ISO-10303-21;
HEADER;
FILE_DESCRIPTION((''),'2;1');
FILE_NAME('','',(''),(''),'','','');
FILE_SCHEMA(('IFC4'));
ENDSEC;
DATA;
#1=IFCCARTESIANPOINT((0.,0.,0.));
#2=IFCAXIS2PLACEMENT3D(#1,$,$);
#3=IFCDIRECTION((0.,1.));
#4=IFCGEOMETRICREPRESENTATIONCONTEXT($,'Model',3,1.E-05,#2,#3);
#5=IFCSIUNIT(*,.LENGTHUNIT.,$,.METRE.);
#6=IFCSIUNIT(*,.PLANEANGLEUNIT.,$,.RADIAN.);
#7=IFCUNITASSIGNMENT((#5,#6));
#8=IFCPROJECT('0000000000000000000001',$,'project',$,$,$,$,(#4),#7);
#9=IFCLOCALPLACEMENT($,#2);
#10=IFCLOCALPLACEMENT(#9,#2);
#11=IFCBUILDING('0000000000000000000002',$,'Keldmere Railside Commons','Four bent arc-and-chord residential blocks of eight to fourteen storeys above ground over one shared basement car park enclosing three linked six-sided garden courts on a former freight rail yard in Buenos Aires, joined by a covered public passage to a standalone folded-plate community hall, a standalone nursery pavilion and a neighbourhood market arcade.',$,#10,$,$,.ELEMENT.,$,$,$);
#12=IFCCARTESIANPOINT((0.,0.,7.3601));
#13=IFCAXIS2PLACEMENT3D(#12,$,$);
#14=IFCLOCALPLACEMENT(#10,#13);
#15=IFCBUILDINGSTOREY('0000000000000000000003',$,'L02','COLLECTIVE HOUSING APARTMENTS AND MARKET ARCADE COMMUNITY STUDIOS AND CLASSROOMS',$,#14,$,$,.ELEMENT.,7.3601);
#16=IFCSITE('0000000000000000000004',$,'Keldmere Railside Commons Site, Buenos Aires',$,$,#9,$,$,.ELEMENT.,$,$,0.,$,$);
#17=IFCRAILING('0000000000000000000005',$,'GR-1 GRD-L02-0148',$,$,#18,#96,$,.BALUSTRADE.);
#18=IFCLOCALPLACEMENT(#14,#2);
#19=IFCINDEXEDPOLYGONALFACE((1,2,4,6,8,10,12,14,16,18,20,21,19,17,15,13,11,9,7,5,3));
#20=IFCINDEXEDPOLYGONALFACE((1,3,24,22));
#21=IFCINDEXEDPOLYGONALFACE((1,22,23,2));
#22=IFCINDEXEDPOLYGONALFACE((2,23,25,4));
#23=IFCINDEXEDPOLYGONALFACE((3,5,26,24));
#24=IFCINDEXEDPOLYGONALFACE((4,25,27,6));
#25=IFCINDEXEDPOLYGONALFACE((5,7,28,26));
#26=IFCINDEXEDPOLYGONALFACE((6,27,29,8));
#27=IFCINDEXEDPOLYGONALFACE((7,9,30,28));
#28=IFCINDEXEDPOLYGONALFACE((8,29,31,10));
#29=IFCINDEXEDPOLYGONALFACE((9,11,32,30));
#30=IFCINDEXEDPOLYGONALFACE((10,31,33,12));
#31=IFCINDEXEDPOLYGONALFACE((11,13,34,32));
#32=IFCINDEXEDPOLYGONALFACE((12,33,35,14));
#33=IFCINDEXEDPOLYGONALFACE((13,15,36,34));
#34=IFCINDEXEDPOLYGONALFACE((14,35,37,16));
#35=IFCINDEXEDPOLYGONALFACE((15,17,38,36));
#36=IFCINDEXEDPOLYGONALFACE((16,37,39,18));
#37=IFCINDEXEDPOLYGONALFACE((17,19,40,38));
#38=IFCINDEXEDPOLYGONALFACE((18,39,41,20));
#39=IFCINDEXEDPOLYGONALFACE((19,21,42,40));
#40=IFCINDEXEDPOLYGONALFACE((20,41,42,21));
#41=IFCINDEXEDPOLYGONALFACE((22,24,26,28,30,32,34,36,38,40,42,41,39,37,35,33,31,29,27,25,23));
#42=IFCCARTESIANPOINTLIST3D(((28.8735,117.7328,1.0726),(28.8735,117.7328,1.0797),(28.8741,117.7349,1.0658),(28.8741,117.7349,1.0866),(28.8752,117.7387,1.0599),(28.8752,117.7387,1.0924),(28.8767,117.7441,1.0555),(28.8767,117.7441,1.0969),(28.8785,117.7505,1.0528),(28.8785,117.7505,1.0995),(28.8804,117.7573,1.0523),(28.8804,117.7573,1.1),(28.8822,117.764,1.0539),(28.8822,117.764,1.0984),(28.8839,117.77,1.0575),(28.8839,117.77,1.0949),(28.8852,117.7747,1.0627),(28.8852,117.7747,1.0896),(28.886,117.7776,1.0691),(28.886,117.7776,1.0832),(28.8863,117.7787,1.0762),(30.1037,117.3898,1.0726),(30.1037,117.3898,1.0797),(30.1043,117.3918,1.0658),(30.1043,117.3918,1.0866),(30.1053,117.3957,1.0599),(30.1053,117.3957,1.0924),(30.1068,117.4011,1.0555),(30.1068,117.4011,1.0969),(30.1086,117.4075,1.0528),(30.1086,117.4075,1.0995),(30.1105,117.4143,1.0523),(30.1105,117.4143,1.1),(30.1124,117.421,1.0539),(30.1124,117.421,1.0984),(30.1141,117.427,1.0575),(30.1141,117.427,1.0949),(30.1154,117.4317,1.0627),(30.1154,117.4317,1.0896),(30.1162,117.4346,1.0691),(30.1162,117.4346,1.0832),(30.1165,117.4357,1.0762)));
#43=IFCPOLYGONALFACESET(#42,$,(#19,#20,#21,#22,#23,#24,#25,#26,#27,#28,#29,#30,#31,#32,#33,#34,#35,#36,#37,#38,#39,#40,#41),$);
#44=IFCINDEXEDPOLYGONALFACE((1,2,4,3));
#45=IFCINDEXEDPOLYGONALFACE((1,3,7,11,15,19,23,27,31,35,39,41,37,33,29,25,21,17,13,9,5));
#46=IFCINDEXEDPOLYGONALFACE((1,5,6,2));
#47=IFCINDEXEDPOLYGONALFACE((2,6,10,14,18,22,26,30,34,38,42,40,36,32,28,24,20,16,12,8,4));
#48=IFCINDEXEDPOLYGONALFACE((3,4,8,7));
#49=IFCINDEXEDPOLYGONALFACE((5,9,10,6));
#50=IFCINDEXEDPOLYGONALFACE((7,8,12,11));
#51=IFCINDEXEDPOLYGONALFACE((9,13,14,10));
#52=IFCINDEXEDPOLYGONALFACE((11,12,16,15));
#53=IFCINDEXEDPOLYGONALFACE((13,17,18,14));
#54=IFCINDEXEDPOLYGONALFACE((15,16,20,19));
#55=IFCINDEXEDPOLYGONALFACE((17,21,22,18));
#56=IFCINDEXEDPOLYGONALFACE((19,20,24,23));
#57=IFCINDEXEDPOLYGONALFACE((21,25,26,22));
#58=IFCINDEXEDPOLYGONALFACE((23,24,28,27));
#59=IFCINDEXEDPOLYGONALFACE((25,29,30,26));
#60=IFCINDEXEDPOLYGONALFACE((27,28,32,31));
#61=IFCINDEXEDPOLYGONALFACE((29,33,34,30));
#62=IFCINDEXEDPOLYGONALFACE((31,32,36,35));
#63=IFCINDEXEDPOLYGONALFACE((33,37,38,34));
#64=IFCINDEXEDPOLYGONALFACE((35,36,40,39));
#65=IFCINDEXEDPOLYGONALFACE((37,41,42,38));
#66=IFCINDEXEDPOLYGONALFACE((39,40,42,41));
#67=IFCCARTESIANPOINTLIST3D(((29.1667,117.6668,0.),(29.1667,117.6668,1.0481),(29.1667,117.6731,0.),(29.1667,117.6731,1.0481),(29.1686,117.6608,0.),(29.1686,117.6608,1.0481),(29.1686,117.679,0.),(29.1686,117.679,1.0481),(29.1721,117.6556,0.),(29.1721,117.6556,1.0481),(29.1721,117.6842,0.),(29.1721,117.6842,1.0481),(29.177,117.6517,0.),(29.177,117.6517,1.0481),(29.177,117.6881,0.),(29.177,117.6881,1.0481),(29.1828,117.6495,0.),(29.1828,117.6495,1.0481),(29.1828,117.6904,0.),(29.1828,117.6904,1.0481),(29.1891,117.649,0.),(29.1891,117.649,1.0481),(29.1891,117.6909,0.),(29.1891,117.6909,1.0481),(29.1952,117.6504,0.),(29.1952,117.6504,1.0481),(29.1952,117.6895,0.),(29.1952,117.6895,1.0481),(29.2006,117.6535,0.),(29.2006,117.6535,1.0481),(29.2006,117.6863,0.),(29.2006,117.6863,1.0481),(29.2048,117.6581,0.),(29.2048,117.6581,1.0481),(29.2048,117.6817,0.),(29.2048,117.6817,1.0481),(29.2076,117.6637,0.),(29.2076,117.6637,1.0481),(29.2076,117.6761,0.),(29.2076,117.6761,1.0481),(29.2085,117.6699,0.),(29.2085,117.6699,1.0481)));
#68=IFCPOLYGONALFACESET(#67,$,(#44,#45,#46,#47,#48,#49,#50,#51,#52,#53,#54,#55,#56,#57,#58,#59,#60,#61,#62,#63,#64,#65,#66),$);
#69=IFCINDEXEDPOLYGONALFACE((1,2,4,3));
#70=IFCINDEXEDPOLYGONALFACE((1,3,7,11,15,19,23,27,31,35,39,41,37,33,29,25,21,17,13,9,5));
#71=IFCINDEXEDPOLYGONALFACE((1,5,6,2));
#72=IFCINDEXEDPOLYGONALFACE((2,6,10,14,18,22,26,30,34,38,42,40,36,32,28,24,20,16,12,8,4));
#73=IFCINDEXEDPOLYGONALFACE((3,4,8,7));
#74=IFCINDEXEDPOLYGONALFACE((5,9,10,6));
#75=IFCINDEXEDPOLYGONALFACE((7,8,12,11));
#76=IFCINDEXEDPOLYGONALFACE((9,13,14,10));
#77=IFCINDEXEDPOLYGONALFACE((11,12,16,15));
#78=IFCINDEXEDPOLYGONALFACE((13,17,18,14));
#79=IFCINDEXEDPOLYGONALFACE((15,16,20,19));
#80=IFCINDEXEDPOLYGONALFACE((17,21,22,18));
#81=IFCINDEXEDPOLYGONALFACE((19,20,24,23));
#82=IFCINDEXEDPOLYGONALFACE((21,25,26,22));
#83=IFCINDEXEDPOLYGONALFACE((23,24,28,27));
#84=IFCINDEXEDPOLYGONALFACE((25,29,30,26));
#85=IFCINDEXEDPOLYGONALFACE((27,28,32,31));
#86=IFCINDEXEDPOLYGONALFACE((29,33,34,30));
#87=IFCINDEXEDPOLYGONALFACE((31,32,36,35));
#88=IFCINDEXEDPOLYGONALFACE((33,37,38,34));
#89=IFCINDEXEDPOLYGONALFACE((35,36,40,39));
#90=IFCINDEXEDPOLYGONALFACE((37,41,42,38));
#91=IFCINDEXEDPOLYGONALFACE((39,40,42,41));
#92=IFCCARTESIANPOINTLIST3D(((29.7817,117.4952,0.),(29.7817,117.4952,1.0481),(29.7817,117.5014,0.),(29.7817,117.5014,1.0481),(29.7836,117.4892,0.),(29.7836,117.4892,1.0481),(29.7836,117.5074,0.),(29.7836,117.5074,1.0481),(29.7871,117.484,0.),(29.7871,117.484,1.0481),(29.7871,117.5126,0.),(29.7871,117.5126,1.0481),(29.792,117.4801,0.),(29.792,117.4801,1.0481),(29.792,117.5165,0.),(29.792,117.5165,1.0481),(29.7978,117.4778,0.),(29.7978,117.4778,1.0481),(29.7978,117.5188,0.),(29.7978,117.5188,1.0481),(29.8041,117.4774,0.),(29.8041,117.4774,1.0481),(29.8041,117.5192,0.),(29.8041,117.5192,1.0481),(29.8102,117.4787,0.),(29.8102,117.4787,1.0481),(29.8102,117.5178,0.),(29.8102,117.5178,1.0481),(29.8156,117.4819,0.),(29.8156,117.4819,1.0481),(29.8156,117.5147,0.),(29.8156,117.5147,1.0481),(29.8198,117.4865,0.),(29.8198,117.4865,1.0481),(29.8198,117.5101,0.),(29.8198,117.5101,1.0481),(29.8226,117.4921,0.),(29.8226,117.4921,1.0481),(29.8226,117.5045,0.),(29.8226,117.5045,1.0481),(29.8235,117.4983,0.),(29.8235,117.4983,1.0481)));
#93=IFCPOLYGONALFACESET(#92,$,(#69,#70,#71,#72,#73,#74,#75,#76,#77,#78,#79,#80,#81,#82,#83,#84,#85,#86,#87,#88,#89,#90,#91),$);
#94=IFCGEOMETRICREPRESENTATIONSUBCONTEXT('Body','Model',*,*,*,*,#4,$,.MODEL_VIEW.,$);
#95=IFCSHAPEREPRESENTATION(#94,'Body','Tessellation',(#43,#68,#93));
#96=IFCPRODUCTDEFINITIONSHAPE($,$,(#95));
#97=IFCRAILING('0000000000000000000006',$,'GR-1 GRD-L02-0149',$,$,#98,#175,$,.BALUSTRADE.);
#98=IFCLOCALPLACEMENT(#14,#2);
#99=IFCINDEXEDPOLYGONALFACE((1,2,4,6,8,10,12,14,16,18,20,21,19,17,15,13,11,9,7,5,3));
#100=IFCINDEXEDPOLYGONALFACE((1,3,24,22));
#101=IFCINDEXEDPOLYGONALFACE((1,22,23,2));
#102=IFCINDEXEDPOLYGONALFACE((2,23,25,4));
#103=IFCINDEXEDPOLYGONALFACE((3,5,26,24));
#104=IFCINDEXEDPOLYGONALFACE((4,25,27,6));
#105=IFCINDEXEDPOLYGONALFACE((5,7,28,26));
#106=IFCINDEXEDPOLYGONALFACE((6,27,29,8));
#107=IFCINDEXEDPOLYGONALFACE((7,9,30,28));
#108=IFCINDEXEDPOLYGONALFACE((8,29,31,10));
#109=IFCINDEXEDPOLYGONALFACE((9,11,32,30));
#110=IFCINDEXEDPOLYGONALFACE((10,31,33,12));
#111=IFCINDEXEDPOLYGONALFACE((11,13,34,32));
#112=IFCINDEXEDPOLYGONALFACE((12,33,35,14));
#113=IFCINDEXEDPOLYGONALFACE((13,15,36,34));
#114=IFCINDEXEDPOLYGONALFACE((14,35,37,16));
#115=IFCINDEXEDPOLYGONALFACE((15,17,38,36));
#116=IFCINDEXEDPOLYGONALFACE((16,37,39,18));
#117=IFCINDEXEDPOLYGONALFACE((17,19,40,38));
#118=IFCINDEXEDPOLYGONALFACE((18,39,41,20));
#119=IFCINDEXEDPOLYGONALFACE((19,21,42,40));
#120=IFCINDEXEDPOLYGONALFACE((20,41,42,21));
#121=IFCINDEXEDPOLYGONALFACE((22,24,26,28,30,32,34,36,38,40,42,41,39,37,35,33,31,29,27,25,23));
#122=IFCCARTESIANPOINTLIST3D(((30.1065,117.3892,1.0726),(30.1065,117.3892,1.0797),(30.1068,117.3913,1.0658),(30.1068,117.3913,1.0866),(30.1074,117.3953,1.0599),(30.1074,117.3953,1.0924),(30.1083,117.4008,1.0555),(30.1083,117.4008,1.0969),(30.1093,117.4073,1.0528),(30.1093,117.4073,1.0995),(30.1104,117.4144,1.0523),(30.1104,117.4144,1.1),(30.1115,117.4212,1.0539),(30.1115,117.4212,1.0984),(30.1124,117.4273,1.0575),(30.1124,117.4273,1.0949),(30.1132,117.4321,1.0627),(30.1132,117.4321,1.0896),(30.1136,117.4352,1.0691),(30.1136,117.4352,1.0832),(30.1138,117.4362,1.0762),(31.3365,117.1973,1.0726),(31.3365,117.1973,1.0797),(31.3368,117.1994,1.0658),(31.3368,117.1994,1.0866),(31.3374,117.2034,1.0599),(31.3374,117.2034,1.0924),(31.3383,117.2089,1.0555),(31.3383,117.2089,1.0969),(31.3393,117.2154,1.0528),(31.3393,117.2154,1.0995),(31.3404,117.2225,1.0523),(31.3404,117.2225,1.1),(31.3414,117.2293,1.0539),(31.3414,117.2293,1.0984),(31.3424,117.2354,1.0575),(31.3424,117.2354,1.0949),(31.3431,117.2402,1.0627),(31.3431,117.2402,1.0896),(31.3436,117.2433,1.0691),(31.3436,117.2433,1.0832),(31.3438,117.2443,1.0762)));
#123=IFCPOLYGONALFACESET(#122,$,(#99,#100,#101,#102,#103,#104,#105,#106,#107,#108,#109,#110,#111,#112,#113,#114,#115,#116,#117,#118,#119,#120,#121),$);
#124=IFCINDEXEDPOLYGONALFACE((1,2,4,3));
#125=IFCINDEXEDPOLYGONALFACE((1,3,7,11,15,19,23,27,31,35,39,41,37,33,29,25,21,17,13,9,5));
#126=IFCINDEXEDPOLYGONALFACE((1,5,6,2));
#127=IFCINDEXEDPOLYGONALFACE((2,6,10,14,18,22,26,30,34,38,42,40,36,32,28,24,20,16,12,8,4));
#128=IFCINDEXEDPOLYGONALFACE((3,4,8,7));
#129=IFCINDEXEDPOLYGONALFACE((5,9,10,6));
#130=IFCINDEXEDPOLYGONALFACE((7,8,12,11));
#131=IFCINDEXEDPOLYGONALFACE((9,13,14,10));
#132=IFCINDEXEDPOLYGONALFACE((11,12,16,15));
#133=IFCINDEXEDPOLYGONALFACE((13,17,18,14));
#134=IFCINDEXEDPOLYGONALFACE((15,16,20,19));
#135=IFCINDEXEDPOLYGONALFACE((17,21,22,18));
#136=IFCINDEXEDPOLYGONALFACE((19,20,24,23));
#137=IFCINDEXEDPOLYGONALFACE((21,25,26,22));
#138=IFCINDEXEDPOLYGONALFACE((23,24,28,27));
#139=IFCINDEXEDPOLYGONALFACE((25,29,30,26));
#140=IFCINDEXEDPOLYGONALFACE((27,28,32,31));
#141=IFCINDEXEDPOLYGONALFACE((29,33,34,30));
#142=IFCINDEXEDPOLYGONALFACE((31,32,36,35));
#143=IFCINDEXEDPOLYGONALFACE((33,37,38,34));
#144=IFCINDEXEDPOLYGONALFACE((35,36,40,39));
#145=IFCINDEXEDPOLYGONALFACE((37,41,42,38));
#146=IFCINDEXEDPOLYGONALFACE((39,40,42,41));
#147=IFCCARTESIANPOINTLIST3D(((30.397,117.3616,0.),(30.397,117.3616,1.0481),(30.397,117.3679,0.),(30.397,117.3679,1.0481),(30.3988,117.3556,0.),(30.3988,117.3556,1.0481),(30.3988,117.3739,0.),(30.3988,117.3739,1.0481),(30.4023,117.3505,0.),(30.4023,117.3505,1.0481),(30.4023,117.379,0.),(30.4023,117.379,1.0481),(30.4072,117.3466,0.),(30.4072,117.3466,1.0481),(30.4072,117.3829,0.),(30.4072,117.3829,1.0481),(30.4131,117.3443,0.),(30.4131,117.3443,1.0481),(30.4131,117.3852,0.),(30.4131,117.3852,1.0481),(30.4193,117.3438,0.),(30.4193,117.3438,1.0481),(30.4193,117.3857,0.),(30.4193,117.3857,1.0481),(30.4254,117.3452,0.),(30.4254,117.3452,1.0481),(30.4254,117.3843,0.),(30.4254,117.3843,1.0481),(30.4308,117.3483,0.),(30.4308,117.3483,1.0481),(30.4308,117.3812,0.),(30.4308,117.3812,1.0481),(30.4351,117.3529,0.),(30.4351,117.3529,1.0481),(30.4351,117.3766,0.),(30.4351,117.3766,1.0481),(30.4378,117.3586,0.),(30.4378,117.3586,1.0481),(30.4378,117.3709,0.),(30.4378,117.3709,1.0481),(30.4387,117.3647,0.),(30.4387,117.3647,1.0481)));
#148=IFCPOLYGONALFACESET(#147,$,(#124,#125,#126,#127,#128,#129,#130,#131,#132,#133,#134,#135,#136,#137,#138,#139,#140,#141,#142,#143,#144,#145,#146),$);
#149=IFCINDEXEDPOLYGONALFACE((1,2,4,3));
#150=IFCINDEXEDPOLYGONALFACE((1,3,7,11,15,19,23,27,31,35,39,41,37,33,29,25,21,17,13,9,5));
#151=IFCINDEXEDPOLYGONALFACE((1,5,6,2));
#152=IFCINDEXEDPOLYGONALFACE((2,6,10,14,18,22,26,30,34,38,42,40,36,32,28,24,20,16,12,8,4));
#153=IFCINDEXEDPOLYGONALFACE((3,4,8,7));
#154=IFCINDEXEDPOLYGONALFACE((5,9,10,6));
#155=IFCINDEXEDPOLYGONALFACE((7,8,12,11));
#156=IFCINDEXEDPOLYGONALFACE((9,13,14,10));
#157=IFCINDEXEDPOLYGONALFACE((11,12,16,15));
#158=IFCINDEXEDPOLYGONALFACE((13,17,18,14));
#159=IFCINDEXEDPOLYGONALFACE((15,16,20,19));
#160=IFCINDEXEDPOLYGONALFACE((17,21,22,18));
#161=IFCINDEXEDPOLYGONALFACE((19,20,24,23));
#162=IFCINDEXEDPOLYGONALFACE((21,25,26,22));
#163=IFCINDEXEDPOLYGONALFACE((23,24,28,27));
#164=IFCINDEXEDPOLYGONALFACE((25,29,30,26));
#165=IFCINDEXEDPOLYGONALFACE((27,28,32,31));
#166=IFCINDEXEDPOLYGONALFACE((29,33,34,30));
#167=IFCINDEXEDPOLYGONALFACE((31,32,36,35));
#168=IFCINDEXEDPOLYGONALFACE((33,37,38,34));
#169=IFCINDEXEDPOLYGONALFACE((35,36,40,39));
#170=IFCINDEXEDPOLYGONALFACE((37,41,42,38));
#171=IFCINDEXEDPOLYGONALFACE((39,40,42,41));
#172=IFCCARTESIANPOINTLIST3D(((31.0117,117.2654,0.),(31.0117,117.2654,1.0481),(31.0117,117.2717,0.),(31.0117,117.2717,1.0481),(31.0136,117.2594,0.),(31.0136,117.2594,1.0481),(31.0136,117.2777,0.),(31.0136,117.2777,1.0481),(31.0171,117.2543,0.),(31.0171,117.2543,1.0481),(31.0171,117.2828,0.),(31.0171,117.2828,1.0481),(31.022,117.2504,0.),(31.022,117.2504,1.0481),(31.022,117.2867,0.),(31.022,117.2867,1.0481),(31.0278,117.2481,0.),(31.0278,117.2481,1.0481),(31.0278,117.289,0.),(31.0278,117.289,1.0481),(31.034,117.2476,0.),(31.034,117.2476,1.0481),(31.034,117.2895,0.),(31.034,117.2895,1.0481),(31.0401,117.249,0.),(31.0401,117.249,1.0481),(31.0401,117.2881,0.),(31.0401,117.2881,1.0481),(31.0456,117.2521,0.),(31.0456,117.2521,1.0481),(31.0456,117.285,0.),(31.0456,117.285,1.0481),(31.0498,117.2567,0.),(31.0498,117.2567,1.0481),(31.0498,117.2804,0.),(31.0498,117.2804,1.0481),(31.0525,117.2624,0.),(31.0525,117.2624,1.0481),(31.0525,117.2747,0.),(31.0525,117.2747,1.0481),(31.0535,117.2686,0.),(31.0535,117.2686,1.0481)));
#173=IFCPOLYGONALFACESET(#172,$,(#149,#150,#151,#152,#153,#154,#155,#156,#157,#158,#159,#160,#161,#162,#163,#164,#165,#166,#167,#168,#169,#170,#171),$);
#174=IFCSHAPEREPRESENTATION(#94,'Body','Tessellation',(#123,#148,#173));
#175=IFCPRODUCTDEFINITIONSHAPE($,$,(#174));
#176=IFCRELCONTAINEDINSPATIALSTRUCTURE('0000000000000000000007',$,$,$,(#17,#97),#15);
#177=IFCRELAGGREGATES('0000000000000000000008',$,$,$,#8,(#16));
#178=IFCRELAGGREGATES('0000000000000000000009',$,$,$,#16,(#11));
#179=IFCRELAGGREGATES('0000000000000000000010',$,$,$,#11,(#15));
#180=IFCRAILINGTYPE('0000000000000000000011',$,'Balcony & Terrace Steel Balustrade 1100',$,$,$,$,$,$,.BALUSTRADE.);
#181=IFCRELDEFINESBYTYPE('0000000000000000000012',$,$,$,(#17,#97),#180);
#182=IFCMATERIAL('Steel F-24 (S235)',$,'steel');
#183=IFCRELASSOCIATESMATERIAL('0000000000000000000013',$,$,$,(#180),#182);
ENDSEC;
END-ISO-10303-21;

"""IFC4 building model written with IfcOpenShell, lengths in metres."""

from ifc_helpers import new_model, si_unit, direction, frame, origin, origin_2d, place, context, subcontext, project, spatial, circle, extrude, material, type_object, element, save


model = new_model("IFC4")

# Units and contexts
model_context = context("Model", 3, precision=1e-05, world=origin(), true_north=direction((0.0, 1.0)))
body_context = subcontext(model_context, "Body", "Model", "MODEL_VIEW")
ifc_project = project(units=[si_unit("LENGTHUNIT", "METRE"), si_unit("PLANEANGLEUNIT", "RADIAN")], contexts=[model_context])

# Site, building, storey
site_placement = place(None, origin())
site = spatial("IfcSite", under=ifc_project, at=site_placement, Name="Keldmere Railside Commons Site, Buenos Aires", CompositionType="ELEMENT", RefElevation=0.0)
building_placement = place(site_placement, origin())
building = spatial("IfcBuilding", under=site, at=building_placement, Name="Keldmere Railside Commons", Description="Four bent arc-and-chord residential blocks of eight to fourteen storeys above ground over one shared basement car park enclosing three linked six-sided garden courts on a former freight rail yard in Buenos Aires, joined by a covered public passage to a standalone folded-plate community hall, a standalone nursery pavilion and a neighbourhood market arcade.", CompositionType="ELEMENT")
storey_placement = place(building_placement, frame((0.0, 0.0, 7.3601)))
storey = spatial("IfcBuildingStorey", under=building, at=storey_placement, Name="L02", Description="COLLECTIVE HOUSING APARTMENTS AND MARKET ARCADE COMMUNITY STUDIOS AND CLASSROOMS", CompositionType="ELEMENT", Elevation=7.3601)

# Railings
ifc_material_1 = material(Name="Steel F-24 (S235)", Category="steel")
railing_type = type_object("IfcRailingType", Name="Balcony & Terrace Steel Balustrade 1100", PredefinedType="BALUSTRADE", material=ifc_material_1)
railing_1_placement = place(storey_placement, frame((28.8799, 117.7556, 0.0)))
element("IfcRailing", 1, at=railing_1_placement, inside=storey, type_object=railing_type, Name="GR-1 GRD-L02-0148", PredefinedType="BALUSTRADE", context=body_context, shape_type="SweptSolid", body=[
    extrude(circle(Radius=0.0239, at=origin_2d()), frame((0.0, 0.0, 1.0762), z_axis=(0.963257, -0.26858, 0.0), x_axis=(0.26858, 0.963257, 0.0)), (0.0, 0.0, 1.0), 1.2771),
    extrude(circle(Radius=0.021, at=origin_2d()), frame((0.3076, -0.0857, 0.0)), (0.0, 0.0, 1.0), 1.0481),
    extrude(circle(Radius=0.021, at=origin_2d()), frame((0.9226, -0.2573, 0.0)), (0.0, 0.0, 1.0), 1.0481),
])
railing_2_placement = place(storey_placement, frame((30.1101, 117.4126, 0.0)))
element("IfcRailing", 2, at=railing_2_placement, inside=storey, type_object=railing_type, Name="GR-1 GRD-L02-0149", PredefinedType="BALUSTRADE", context=body_context, shape_type="SweptSolid", body=[
    extrude(circle(Radius=0.0239, at=origin_2d()), frame((0.0, 0.0, 1.0762), z_axis=(0.988048, -0.15415, 0.0), x_axis=(0.15415, 0.988048, 0.0)), (0.0, 0.0, 1.0), 1.2449),
    extrude(circle(Radius=0.021, at=origin_2d()), frame((0.3076, -0.0479, 0.0)), (0.0, 0.0, 1.0), 1.0481),
    extrude(circle(Radius=0.021, at=origin_2d()), frame((0.9224, -0.144, 0.0)), (0.0, 0.0, 1.0), 1.0481),
])

save(model, "model.ifc")
